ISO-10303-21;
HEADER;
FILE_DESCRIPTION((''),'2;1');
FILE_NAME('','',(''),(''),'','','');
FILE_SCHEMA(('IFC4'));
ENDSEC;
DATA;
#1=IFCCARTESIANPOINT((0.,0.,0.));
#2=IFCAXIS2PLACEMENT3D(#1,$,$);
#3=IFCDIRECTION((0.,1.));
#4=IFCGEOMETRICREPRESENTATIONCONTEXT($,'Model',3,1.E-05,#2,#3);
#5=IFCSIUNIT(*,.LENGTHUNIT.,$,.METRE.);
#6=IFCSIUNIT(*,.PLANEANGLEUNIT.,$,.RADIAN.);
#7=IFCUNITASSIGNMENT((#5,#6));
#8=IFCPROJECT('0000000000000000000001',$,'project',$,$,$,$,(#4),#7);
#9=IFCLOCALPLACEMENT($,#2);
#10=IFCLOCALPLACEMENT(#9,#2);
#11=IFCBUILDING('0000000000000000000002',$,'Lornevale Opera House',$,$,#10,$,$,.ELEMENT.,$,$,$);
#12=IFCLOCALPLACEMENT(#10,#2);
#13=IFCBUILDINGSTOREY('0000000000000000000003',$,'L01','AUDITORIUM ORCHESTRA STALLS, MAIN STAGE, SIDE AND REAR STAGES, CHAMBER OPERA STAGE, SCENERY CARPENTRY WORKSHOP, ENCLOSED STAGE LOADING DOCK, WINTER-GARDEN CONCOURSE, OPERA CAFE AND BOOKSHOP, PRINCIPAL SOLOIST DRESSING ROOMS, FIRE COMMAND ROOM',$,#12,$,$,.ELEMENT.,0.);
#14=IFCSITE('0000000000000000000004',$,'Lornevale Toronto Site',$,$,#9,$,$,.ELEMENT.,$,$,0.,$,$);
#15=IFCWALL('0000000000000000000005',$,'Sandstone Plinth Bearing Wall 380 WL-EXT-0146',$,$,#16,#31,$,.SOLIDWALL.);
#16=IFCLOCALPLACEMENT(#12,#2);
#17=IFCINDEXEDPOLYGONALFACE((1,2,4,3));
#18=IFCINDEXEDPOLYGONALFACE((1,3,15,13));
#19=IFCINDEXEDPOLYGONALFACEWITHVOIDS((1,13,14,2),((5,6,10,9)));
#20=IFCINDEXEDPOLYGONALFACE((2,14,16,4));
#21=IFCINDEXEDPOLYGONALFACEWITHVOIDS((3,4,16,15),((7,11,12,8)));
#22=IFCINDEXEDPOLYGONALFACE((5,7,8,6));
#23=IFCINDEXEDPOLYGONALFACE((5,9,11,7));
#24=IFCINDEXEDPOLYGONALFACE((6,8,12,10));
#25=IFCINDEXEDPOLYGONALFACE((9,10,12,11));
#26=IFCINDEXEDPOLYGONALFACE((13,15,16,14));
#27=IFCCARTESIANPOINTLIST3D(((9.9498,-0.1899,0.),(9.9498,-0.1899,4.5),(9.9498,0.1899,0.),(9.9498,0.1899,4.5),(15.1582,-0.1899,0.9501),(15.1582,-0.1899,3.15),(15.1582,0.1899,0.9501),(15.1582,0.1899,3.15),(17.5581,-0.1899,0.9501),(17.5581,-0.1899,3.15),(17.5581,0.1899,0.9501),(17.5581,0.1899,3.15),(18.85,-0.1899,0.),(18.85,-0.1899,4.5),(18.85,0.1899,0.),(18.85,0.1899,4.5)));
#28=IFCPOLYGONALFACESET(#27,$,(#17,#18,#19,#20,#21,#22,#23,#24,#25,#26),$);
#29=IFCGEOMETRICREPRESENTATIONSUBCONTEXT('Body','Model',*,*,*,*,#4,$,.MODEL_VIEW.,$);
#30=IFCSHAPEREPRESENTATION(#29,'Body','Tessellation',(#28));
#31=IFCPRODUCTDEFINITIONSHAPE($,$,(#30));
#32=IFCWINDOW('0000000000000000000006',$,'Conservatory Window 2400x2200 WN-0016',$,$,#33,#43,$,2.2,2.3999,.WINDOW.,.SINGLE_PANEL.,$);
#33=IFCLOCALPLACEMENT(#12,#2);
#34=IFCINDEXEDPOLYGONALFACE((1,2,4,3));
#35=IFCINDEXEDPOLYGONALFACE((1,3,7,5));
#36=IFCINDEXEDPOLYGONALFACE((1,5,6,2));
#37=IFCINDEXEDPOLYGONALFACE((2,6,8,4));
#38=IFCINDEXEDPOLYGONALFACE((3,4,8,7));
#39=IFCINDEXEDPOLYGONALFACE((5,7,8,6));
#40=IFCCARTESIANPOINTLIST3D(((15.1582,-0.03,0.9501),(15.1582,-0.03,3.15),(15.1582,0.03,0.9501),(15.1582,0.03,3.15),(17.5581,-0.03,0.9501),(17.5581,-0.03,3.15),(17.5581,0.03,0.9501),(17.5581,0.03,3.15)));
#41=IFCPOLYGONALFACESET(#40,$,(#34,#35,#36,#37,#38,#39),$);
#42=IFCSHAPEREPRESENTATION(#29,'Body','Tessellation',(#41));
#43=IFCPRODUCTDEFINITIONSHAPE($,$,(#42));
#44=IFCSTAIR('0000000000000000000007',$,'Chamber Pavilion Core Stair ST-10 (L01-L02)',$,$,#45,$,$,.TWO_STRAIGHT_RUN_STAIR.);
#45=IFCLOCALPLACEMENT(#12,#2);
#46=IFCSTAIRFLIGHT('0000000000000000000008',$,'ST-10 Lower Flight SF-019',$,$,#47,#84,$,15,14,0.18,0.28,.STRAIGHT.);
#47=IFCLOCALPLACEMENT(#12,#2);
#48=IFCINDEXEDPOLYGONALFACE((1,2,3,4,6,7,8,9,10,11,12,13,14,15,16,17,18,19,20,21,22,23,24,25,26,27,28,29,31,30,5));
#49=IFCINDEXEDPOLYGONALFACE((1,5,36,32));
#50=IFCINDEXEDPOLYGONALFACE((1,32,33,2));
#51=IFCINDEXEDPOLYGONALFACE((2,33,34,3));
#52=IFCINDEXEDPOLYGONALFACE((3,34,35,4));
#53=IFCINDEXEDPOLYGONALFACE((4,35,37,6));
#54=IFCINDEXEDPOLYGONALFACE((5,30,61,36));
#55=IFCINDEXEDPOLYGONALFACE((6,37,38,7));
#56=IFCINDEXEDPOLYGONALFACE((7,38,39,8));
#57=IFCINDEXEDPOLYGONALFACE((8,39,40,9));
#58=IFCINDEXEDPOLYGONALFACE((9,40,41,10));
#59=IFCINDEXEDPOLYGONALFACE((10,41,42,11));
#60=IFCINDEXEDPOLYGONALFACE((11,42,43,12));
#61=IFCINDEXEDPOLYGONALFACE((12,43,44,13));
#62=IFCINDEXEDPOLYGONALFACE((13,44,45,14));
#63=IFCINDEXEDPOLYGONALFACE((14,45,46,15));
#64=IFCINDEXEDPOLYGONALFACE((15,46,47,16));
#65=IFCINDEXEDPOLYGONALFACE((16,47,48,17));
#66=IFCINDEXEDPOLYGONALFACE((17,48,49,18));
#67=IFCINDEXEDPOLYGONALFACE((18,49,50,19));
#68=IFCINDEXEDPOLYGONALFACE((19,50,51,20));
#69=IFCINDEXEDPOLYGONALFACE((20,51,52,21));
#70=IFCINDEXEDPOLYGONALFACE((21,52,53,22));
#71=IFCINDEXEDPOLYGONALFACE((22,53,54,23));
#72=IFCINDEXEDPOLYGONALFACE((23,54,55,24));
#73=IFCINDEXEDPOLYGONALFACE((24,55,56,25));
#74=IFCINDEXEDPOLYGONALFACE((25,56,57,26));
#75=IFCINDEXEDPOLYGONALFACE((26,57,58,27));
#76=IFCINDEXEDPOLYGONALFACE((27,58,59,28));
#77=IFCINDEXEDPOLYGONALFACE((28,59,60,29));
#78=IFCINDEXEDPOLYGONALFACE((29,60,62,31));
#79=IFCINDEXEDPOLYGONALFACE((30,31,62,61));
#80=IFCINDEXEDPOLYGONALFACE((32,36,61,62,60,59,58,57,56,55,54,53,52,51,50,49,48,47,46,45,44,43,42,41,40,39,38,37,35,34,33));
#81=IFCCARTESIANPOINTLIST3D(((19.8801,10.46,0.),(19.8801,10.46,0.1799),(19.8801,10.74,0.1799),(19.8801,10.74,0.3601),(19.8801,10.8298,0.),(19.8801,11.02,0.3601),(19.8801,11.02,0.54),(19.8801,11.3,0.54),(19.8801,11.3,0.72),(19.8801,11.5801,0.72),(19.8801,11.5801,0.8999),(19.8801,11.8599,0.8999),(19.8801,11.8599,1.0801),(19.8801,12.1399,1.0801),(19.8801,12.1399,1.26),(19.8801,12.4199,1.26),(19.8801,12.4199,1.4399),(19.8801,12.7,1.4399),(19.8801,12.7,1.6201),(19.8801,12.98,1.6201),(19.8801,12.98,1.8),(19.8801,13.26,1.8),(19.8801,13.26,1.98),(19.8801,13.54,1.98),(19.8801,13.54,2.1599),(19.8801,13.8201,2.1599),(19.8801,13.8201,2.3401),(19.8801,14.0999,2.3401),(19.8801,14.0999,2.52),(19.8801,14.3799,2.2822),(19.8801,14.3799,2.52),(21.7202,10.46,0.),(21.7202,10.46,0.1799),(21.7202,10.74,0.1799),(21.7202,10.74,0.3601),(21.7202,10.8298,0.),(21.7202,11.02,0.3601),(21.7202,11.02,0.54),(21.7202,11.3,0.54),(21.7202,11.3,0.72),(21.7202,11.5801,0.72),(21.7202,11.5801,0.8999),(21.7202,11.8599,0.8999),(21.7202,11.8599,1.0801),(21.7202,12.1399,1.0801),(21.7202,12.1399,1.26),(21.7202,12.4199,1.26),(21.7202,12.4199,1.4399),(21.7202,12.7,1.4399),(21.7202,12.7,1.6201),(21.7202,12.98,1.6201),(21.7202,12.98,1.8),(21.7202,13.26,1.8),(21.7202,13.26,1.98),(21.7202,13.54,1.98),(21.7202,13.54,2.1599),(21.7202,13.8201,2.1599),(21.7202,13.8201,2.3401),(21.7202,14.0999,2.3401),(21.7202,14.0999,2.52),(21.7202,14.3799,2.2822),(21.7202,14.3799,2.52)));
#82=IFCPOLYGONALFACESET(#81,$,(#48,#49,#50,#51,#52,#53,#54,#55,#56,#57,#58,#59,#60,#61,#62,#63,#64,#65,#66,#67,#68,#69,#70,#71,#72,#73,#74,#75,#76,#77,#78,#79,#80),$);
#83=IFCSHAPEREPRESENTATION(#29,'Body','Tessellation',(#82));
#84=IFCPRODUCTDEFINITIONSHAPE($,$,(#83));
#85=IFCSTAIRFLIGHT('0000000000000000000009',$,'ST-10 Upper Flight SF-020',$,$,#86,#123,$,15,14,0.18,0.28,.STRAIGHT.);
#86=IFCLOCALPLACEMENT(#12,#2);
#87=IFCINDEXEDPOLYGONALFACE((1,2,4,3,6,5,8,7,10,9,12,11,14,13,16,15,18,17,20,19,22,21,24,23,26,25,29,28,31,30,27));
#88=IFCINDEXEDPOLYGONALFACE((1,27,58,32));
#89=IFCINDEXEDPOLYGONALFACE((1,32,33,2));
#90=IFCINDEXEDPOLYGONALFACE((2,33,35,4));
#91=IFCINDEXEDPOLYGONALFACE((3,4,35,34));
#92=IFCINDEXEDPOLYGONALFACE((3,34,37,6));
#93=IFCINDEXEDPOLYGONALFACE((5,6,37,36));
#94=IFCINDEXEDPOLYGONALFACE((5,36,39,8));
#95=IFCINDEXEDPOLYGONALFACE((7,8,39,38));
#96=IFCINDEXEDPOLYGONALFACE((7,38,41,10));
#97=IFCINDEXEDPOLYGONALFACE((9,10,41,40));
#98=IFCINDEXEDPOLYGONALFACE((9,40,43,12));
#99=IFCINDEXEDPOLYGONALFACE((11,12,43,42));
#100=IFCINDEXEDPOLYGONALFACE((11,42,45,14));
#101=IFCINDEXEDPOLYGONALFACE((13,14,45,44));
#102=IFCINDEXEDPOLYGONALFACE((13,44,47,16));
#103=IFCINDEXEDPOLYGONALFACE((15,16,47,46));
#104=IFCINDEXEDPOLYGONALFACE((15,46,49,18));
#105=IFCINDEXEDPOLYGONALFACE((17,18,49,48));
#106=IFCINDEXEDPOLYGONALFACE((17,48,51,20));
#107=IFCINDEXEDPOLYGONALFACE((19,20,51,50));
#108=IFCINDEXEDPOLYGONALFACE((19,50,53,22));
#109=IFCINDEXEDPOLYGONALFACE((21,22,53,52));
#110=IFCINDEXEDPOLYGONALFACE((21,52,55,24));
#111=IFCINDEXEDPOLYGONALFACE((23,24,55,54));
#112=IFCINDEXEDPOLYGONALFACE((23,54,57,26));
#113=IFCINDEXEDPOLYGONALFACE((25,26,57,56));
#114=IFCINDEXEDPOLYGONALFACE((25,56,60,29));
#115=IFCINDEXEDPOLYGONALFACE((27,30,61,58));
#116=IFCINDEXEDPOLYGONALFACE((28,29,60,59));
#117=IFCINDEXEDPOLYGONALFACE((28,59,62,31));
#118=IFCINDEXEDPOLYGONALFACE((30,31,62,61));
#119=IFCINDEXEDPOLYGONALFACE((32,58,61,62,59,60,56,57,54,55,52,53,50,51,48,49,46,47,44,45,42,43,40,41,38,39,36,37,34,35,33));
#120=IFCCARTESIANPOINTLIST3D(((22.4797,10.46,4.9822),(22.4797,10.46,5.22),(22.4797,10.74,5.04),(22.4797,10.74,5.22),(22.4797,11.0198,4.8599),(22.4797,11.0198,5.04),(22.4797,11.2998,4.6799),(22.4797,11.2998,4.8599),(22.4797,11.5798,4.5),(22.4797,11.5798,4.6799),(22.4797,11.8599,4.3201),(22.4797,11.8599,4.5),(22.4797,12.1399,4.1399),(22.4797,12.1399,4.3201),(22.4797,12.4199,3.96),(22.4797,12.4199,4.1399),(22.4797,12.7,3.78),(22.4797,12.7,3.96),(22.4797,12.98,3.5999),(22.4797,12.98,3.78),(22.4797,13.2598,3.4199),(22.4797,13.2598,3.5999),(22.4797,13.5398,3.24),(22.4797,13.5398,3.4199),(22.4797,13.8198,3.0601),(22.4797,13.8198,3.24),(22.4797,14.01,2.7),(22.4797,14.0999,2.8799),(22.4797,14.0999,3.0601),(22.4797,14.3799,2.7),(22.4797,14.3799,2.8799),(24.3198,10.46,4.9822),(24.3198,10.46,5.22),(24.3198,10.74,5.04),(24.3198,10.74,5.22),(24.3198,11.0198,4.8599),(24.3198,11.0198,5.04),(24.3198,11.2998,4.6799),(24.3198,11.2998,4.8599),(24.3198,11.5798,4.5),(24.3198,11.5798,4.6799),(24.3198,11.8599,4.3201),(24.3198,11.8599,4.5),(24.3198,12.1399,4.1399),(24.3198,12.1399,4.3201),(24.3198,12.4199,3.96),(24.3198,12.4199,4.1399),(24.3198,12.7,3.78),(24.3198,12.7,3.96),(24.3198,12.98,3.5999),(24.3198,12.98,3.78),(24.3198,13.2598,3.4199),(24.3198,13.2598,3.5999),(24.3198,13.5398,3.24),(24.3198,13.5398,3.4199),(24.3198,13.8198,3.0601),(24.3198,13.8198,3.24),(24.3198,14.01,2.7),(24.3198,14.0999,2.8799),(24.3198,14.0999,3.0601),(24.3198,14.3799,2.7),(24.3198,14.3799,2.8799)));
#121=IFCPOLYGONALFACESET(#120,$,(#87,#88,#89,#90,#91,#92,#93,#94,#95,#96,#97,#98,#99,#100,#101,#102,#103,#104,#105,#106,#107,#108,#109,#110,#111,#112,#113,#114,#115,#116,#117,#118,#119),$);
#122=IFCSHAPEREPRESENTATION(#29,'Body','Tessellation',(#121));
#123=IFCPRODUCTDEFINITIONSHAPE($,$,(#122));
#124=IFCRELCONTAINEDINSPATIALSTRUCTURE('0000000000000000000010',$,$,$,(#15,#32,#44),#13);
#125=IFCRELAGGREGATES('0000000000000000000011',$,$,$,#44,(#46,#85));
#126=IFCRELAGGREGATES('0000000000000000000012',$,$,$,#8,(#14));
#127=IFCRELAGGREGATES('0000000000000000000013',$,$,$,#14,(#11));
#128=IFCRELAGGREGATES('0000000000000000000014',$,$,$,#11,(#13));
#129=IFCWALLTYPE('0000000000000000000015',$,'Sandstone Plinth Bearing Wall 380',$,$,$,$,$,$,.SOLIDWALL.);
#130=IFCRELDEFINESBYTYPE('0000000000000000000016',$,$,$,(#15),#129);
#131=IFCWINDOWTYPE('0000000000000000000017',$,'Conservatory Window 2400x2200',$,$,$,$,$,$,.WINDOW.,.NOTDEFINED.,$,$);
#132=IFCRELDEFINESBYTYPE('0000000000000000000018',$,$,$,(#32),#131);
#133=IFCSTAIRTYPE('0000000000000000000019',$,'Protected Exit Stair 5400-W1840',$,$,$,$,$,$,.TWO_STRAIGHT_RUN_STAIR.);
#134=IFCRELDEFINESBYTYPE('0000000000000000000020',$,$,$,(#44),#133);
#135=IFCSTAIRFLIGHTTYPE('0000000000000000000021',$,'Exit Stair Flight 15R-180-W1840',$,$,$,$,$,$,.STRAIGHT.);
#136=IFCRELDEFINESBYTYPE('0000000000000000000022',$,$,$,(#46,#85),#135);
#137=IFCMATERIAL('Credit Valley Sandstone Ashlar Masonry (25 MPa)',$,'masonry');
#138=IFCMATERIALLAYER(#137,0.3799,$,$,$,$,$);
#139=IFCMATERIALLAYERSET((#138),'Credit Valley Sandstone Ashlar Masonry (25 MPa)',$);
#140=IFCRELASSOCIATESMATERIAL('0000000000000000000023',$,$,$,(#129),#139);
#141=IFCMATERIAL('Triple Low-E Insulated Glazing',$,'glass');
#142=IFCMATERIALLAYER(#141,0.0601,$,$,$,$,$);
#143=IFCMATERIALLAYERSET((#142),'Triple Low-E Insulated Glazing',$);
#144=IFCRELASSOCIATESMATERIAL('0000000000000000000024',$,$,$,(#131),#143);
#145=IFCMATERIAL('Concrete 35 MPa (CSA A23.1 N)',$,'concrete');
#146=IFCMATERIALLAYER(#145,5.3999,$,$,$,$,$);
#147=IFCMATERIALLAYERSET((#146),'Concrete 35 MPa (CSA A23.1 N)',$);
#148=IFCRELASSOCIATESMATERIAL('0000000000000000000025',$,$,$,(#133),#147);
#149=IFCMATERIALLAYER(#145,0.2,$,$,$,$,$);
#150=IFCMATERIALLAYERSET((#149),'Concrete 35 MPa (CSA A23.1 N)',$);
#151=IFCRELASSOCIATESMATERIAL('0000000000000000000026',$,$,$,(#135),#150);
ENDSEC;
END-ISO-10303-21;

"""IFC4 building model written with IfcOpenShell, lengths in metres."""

from ifc_helpers import new_model, si_unit, direction, frame, frame_2d, origin, place, context, subcontext, project, spatial, polyline, rectangle, outline, extrude, material, layer, layer_set, type_object, element, fill, aggregate, save


model = new_model("IFC4")

# Units and contexts
model_context = context("Model", 3, precision=1e-05, world=origin(), true_north=direction((0.0, 1.0)))
body_context = subcontext(model_context, "Body", "Model", "MODEL_VIEW")
ifc_project = project(units=[si_unit("LENGTHUNIT", "METRE"), si_unit("PLANEANGLEUNIT", "RADIAN")], contexts=[model_context])

# Site, building, storey
site_placement = place(None, origin())
site = spatial("IfcSite", under=ifc_project, at=site_placement, Name="Lornevale Toronto Site", CompositionType="ELEMENT", RefElevation=0.0)
building_placement = place(site_placement, origin())
building = spatial("IfcBuilding", under=site, at=building_placement, Name="Lornevale Opera House", CompositionType="ELEMENT")
storey_placement = place(building_placement, origin())
storey = spatial("IfcBuildingStorey", under=building, at=storey_placement, Name="L01", Description="AUDITORIUM ORCHESTRA STALLS, MAIN STAGE, SIDE AND REAR STAGES, CHAMBER OPERA STAGE, SCENERY CARPENTRY WORKSHOP, ENCLOSED STAGE LOADING DOCK, WINTER-GARDEN CONCOURSE, OPERA CAFE AND BOOKSHOP, PRINCIPAL SOLOIST DRESSING ROOMS, FIRE COMMAND ROOM", CompositionType="ELEMENT", Elevation=0.0)

# Shared definitions
ifc_material_1 = material(Name="Concrete 35 MPa (CSA A23.1 N)", Category="concrete")

# Wall, opening, window
ifc_material_2 = material(Name="Credit Valley Sandstone Ashlar Masonry (25 MPa)", Category="masonry")
ifc_layer_1 = layer(ifc_material_2, 0.3799)
ifc_layer_set_1 = layer_set([ifc_layer_1], Name="Credit Valley Sandstone Ashlar Masonry (25 MPa)")
wall_type_1 = type_object("IfcWallType", Name="Sandstone Plinth Bearing Wall 380", PredefinedType="SOLIDWALL", material=ifc_layer_set_1)
wall_1_placement = place(storey_placement, frame((18.8501, 0.0, 0.0), z_axis=(0.0, 0.0, 1.0), x_axis=(-1.0, 0.0, 0.0)))
wall_1 = element("IfcWall", 1, at=wall_1_placement, inside=storey, type_object=wall_type_1, Name="Sandstone Plinth Bearing Wall 380 WL-EXT-0146", PredefinedType="SOLIDWALL", context=body_context, shape_type="SweptSolid", body=[
    extrude(rectangle(XDim=8.9001, YDim=0.3799, at=frame_2d((4.4502, 0.0))), origin(), (0.0, 0.0, 1.0), 4.5),
])
opening_1_placement = place(wall_1_placement, frame((1.292, 0.0, 0.95)))
opening_1 = element("IfcOpeningElement", 2, at=opening_1_placement, cuts=wall_1, PredefinedType="OPENING", context=body_context, shape_type="SweptSolid", body=[
    extrude(rectangle(XDim=2.3999, YDim=2.2, at=frame_2d((1.2, 1.1001))), frame((0.0, 0.2, 0.0), z_axis=(0.0, -1.0, 0.0), x_axis=(1.0, 0.0, 0.0)), (0.0, 0.0, 1.0), 0.3999),
])
ifc_material_3 = material(Name="Triple Low-E Insulated Glazing", Category="glass")
ifc_layer_2 = layer(ifc_material_3, 0.0601)
ifc_layer_set_2 = layer_set([ifc_layer_2], Name="Triple Low-E Insulated Glazing")
window_type = type_object("IfcWindowType", Name="Conservatory Window 2400x2200", PartitioningType="NOTDEFINED", PredefinedType="WINDOW", material=ifc_layer_set_2)
window_placement = place(opening_1_placement, origin())
window = element("IfcWindow", 3, at=window_placement, inside=storey, type_object=window_type, Name="Conservatory Window 2400x2200 WN-0016", OverallHeight=2.2, OverallWidth=2.3999, PartitioningType="SINGLE_PANEL", PredefinedType="WINDOW", context=body_context, shape_type="SweptSolid", body=[
    extrude(rectangle(XDim=2.3999, YDim=2.2, at=frame_2d((1.2, 1.1001))), frame((0.0, 0.03, 0.0), z_axis=(0.0, -1.0, 0.0), x_axis=(1.0, 0.0, 0.0)), (0.0, 0.0, 1.0), 0.0601),
])
fill(opening_1, window)

# Stair, stair flights
ifc_layer_3 = layer(ifc_material_1, 5.3999)
ifc_layer_set_3 = layer_set([ifc_layer_3], Name="Concrete 35 MPa (CSA A23.1 N)")
stair_type = type_object("IfcStairType", Name="Protected Exit Stair 5400-W1840", PredefinedType="TWO_STRAIGHT_RUN_STAIR", material=ifc_layer_set_3)
stair_placement = place(storey_placement, origin())
stair = element("IfcStair", 4, at=stair_placement, inside=storey, type_object=stair_type, Name="Chamber Pavilion Core Stair ST-10 (L01-L02)", PredefinedType="TWO_STRAIGHT_RUN_STAIR")
ifc_layer_4 = layer(ifc_material_1, 0.2)
ifc_layer_set_4 = layer_set([ifc_layer_4], Name="Concrete 35 MPa (CSA A23.1 N)")
stair_flight_type = type_object("IfcStairFlightType", Name="Exit Stair Flight 15R-180-W1840", PredefinedType="STRAIGHT", material=ifc_layer_set_4)
stair_flight_1_placement = place(storey_placement, frame((20.8, 10.46, 0.0), z_axis=(0.0, 0.0, 1.0), x_axis=(0.0, 1.0, 0.0)))
stair_flight_1 = element("IfcStairFlight", 5, at=stair_flight_1_placement, type_object=stair_flight_type, Name="ST-10 Lower Flight SF-019", NumberOfRisers=15, NumberOfTreads=14, PredefinedType="STRAIGHT", RiserHeight=0.18, TreadLength=0.28, context=body_context, shape_type="SweptSolid", body=[
    extrude(outline(polyline([(0.0, 0.0), (0.0, 0.1799), (0.28, 0.1799), (0.28, 0.3601), (0.5601, 0.3601), (0.5601, 0.54), (0.8401, 0.54), (0.8401, 0.72), (1.1201, 0.72), (1.1201, 0.8999), (1.3999, 0.8999), (1.3999, 1.0801), (1.6799, 1.0801), (1.6799, 1.26), (1.96, 1.26), (1.96, 1.4399), (2.24, 1.4399), (2.24, 1.6201), (2.52, 1.6201), (2.52, 1.8), (2.8, 1.8), (2.8, 1.98), (3.0801, 1.98), (3.0801, 2.1599), (3.3601, 2.1599), (3.3601, 2.3401), (3.6399, 2.3401), (3.6399, 2.52), (3.9199, 2.52), (3.9199, 2.2822), (0.3699, 0.0), (0.0, 0.0)])), frame((0.0, 0.9199, 0.0), z_axis=(0.0, -1.0, 0.0), x_axis=(1.0, 0.0, 0.0)), (0.0, 0.0, 1.0), 1.8401),
])
stair_flight_2_placement = place(storey_placement, frame((23.3999, 14.3799, 2.7), z_axis=(0.0, 0.0, 1.0), x_axis=(0.0, -1.0, 0.0)))
stair_flight_2 = element("IfcStairFlight", 6, at=stair_flight_2_placement, type_object=stair_flight_type, Name="ST-10 Upper Flight SF-020", NumberOfRisers=15, NumberOfTreads=14, PredefinedType="STRAIGHT", RiserHeight=0.18, TreadLength=0.28, context=body_context, shape_type="SweptSolid", body=[
    extrude(outline(polyline([(0.0, 0.0), (0.0, 0.1799), (0.28, 0.1799), (0.28, 0.3601), (0.5601, 0.3601), (0.5601, 0.54), (0.8401, 0.54), (0.8401, 0.72), (1.1201, 0.72), (1.1201, 0.8999), (1.3999, 0.8999), (1.3999, 1.0801), (1.6799, 1.0801), (1.6799, 1.26), (1.96, 1.26), (1.96, 1.4399), (2.24, 1.4399), (2.24, 1.6201), (2.52, 1.6201), (2.52, 1.8), (2.8, 1.8), (2.8, 1.98), (3.0801, 1.98), (3.0801, 2.1599), (3.3601, 2.1599), (3.3601, 2.3401), (3.6399, 2.3401), (3.6399, 2.52), (3.9199, 2.52), (3.9199, 2.2822), (0.3699, 0.0), (0.0, 0.0)])), frame((0.0, 0.9199, 0.0), z_axis=(0.0, -1.0, 0.0), x_axis=(1.0, 0.0, 0.0)), (0.0, 0.0, 1.0), 1.8401),
])
aggregate(stair, [stair_flight_1, stair_flight_2])

save(model, "model.ifc")
